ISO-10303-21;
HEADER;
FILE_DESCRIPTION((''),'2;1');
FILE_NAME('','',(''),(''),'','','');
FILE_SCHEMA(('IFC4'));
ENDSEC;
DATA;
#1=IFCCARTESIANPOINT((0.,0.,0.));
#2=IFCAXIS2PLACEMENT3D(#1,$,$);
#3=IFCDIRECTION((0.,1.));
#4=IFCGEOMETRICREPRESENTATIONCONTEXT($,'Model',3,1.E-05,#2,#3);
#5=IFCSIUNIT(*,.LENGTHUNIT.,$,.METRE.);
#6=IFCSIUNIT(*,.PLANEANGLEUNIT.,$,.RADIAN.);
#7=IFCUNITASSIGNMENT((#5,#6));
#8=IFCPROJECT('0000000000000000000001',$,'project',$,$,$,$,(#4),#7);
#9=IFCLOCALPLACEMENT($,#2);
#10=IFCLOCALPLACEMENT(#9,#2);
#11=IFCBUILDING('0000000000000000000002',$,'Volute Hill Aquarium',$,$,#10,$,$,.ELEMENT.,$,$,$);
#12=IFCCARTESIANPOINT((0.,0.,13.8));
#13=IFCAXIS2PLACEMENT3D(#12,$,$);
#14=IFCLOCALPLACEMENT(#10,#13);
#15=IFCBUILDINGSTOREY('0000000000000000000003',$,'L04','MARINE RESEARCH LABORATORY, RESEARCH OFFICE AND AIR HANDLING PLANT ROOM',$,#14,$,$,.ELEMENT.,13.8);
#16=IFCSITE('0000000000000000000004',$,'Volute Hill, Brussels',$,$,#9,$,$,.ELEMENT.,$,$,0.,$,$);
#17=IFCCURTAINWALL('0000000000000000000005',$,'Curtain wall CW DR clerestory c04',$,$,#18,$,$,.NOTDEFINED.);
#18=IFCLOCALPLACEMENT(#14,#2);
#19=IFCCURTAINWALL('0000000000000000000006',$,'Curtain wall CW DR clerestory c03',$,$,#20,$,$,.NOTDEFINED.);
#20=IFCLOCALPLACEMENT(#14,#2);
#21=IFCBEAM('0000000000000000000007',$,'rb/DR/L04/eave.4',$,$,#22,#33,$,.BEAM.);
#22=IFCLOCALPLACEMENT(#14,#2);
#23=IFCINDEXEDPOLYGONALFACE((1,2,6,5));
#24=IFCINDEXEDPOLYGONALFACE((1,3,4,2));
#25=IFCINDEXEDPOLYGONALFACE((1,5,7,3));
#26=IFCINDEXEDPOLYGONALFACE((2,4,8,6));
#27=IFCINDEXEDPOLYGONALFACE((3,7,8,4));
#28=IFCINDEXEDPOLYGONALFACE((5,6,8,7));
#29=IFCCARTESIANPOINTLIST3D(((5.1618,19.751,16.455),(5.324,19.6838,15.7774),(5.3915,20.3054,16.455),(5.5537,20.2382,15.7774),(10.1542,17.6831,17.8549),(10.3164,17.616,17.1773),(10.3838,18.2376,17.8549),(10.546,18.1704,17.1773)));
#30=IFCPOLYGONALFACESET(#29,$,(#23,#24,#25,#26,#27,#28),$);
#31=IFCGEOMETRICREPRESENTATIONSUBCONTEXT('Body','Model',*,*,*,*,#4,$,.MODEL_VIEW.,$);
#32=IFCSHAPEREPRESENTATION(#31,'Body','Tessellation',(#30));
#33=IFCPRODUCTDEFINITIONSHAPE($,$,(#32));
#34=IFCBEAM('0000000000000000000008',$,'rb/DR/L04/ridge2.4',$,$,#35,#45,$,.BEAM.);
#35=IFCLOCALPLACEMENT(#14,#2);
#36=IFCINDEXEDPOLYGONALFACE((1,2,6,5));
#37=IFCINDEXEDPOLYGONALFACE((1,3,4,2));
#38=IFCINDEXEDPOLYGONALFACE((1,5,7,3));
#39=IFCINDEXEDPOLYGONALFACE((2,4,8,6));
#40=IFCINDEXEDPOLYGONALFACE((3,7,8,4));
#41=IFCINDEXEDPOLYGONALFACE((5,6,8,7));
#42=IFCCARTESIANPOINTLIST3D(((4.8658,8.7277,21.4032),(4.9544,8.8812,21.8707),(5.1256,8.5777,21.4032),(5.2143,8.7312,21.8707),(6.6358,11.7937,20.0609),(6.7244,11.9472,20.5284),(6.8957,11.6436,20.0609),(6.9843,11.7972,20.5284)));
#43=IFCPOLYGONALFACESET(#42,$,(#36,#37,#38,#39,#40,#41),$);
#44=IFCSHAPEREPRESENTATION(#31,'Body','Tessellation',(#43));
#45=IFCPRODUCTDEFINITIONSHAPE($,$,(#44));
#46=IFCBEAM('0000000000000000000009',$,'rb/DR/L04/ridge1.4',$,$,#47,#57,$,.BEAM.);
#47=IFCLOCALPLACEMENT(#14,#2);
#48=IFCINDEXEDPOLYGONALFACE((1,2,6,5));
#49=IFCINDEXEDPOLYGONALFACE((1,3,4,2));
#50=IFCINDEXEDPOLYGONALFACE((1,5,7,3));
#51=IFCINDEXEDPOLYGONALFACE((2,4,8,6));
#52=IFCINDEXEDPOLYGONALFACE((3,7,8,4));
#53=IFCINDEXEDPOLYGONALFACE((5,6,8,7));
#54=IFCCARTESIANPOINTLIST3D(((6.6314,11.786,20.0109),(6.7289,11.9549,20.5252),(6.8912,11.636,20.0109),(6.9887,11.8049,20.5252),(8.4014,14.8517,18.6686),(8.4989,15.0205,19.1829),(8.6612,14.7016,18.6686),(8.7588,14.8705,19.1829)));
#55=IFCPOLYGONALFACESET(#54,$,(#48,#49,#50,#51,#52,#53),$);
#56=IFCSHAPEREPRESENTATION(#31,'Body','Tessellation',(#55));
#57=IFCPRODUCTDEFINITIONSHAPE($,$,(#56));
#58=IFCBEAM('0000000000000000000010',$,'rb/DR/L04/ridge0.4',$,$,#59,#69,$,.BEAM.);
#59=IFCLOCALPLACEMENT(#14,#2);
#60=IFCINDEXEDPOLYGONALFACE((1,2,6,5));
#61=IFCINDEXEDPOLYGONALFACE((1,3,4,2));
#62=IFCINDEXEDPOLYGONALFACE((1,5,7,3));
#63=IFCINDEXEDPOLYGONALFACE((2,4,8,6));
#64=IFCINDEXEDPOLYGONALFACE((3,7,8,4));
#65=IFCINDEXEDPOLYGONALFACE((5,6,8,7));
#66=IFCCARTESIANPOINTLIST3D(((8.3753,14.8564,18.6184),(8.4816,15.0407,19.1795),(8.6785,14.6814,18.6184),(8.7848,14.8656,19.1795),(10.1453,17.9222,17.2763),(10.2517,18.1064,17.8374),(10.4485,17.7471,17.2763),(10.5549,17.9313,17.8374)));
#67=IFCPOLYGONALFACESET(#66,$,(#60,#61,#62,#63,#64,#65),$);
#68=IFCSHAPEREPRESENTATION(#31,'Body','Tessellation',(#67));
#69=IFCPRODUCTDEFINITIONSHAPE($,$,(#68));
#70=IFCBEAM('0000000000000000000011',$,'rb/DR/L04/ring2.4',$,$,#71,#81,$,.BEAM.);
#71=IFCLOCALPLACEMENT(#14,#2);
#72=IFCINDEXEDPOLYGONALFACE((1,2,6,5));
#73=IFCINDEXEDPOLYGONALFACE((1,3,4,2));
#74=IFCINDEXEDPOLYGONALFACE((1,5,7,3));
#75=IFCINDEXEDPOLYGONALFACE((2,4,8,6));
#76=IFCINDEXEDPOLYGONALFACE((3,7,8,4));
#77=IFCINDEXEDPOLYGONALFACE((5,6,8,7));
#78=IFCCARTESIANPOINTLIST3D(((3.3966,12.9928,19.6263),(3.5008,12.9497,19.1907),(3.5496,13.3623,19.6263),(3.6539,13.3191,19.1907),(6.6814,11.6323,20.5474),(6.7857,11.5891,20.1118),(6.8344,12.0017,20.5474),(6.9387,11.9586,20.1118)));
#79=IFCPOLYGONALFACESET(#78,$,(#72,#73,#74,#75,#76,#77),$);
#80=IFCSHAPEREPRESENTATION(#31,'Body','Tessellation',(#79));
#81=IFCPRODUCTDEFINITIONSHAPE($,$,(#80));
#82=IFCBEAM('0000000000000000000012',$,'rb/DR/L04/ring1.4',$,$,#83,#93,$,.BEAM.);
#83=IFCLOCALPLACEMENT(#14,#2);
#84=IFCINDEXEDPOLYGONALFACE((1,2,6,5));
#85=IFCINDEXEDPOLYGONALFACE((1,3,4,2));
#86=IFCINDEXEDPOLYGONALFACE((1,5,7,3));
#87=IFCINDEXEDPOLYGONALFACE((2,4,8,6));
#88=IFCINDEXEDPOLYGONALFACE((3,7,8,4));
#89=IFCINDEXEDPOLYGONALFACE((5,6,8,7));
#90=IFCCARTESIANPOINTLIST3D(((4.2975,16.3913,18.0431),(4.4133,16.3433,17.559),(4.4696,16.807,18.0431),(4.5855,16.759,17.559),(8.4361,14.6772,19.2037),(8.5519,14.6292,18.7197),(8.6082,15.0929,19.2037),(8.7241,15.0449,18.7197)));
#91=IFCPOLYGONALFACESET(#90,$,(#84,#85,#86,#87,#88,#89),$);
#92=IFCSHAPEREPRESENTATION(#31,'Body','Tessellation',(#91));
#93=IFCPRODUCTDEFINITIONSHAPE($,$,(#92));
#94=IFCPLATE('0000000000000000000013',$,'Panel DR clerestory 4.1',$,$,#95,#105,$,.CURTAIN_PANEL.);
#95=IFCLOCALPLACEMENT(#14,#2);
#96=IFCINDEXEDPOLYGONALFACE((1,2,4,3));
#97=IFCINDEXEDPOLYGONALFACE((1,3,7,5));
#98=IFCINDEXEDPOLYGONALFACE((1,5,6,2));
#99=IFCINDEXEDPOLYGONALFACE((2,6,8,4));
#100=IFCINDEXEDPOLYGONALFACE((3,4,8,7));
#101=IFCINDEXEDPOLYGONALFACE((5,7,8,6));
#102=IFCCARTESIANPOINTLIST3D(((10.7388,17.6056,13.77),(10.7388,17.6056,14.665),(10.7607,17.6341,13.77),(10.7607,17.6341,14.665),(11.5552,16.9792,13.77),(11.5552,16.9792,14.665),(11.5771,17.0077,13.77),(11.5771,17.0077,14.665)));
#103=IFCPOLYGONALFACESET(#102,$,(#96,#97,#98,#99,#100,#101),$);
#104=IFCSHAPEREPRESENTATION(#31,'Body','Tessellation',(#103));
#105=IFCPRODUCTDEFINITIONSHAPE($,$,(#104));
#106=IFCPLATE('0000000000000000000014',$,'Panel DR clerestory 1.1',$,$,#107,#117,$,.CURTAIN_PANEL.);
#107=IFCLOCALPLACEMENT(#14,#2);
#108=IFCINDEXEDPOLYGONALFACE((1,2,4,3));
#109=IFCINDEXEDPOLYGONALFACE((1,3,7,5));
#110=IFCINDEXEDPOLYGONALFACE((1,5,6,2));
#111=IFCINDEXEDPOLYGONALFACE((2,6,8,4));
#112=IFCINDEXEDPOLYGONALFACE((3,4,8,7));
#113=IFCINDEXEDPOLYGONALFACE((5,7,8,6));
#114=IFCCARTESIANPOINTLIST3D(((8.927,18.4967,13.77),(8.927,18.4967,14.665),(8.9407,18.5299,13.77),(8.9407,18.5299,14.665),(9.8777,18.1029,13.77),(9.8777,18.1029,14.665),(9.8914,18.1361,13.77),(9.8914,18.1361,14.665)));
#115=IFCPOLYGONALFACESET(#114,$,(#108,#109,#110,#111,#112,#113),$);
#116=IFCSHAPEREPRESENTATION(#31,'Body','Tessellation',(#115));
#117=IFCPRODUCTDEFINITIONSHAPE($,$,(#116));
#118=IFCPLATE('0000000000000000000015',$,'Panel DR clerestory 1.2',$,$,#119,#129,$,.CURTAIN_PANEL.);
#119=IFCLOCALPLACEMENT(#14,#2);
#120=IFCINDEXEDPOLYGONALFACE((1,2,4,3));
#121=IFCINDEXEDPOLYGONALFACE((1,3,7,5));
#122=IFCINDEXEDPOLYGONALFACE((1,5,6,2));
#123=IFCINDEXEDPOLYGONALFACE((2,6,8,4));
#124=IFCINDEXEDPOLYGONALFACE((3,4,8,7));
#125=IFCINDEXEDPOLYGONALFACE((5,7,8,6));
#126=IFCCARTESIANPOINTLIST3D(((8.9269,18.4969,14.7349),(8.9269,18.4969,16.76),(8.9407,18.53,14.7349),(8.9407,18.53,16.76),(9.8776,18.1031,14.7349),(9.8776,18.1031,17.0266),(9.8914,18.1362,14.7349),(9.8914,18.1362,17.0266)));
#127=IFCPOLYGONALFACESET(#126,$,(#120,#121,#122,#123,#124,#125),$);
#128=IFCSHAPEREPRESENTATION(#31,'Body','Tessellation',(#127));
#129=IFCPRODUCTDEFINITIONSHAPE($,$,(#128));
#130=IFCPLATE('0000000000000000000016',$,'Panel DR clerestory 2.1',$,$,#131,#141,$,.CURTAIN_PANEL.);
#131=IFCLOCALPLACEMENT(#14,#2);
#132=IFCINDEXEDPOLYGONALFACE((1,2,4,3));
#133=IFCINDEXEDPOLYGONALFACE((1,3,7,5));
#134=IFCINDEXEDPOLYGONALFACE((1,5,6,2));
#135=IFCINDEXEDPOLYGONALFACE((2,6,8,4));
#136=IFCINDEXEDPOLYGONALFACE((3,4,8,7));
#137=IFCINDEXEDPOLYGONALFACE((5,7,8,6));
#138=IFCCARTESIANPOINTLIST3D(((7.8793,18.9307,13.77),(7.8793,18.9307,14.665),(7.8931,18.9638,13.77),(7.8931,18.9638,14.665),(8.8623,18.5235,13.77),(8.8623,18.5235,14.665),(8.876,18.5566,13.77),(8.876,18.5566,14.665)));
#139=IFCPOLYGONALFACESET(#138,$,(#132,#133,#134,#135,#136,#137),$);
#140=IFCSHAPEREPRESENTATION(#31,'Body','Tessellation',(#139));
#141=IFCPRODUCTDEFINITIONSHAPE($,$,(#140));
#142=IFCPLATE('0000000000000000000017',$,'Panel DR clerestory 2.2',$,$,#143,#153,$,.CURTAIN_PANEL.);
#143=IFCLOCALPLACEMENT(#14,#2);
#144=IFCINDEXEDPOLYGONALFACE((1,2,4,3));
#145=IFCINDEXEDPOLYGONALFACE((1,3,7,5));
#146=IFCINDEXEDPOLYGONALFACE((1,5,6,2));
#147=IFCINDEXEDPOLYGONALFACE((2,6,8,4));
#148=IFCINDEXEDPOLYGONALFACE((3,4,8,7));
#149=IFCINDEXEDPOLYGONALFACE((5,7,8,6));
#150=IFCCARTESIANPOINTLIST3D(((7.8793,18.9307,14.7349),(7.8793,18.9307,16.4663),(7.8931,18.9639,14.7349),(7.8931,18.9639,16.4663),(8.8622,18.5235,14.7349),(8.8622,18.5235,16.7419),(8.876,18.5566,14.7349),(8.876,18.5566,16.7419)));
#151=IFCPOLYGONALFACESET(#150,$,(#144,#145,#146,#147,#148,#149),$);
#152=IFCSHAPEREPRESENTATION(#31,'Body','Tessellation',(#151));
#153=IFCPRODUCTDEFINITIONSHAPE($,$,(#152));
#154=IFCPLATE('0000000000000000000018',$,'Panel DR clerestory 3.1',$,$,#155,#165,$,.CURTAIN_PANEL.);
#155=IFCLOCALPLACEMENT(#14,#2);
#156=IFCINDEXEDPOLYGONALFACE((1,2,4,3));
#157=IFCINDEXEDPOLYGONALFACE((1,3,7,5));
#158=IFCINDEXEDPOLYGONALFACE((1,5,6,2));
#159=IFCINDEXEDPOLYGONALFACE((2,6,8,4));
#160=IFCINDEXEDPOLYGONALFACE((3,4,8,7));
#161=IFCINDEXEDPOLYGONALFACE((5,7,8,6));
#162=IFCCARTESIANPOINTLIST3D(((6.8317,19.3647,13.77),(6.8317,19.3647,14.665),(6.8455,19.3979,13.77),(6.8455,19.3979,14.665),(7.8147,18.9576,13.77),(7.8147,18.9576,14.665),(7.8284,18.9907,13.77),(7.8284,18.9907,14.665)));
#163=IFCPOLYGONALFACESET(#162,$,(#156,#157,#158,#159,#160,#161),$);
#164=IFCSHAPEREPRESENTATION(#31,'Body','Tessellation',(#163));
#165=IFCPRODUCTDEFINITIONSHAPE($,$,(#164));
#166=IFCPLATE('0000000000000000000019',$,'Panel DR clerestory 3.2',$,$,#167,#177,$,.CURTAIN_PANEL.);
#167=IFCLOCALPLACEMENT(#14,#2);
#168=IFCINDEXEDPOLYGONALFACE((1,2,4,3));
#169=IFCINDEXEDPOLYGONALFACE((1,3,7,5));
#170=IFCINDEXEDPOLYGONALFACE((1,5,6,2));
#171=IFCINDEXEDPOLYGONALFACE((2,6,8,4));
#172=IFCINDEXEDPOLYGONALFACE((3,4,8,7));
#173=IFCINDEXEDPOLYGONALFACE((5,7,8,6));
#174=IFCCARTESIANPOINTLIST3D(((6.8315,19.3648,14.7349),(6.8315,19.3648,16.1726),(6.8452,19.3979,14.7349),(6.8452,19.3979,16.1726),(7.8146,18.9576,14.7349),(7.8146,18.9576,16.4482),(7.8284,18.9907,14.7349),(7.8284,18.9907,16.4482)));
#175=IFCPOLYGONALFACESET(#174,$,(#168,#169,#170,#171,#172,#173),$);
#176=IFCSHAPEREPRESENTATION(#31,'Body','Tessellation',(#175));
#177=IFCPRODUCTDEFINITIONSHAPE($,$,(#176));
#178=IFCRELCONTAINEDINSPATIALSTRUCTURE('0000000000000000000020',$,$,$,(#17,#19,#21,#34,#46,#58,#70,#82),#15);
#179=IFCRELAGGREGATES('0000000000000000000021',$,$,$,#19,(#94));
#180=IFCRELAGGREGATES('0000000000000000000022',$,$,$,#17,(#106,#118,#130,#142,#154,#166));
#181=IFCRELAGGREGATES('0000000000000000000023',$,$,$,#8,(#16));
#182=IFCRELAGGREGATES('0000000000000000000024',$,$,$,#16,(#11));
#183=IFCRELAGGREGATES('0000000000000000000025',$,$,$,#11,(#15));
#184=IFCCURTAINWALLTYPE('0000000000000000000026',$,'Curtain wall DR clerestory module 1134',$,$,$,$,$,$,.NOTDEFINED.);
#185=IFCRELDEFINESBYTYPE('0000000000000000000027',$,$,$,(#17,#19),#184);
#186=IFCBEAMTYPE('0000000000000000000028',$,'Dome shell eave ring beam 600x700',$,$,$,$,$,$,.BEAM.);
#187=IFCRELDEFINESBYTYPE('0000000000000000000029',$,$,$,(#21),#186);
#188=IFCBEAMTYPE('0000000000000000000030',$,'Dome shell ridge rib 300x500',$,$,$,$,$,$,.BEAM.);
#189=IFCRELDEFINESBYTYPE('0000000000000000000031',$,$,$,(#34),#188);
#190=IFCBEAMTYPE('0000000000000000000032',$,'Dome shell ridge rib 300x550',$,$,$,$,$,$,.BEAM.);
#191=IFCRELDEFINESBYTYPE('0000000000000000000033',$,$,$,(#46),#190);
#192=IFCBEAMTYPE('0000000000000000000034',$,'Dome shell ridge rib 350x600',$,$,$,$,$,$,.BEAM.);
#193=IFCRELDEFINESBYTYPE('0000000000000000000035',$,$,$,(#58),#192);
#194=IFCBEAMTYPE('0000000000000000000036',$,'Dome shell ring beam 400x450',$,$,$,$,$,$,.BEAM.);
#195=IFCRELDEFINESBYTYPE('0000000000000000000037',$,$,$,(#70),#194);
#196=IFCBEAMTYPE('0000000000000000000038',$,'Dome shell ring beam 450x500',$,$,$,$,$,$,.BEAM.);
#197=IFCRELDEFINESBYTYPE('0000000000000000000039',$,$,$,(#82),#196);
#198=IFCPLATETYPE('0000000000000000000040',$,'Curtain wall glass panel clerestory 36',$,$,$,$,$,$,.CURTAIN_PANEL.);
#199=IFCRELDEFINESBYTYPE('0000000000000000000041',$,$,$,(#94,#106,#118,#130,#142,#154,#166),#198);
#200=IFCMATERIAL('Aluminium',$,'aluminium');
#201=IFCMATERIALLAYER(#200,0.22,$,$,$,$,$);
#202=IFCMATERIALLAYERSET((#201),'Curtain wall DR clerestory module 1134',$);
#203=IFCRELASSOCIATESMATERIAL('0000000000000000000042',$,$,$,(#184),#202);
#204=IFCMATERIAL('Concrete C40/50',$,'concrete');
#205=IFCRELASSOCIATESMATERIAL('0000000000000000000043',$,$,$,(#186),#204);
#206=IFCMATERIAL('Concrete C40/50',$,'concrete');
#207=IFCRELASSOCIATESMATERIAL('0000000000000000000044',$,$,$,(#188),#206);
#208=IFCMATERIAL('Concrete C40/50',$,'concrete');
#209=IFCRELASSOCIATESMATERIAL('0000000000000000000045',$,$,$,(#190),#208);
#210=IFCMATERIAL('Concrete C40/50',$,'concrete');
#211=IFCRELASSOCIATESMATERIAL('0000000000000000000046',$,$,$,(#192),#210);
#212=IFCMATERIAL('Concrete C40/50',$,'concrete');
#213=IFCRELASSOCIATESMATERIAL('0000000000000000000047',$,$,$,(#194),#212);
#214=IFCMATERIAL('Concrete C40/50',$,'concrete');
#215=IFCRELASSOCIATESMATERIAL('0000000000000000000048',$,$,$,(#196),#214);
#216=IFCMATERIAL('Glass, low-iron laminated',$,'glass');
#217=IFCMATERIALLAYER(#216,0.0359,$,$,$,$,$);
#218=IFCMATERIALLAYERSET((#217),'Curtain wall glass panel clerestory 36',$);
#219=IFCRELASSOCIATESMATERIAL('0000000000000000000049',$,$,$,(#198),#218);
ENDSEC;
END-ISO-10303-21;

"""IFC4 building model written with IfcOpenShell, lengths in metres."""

from ifc_helpers import new_model, si_unit, direction, frame, origin, origin_2d, place, context, subcontext, project, spatial, polyline, rectangle, outline, extrude, material, layer, layer_set, material_profile, profile_set, type_object, element, aggregate, save


model = new_model("IFC4")

# Units and contexts
model_context = context("Model", 3, precision=1e-05, world=origin(), true_north=direction((0.0, 1.0)))
body_context = subcontext(model_context, "Body", "Model", "MODEL_VIEW")
ifc_project = project(units=[si_unit("LENGTHUNIT", "METRE"), si_unit("PLANEANGLEUNIT", "RADIAN")], contexts=[model_context])

# Site, building, storey
site_placement = place(None, origin())
site = spatial("IfcSite", under=ifc_project, at=site_placement, Name="Volute Hill, Brussels", CompositionType="ELEMENT", RefElevation=0.0)
building_placement = place(site_placement, origin())
building = spatial("IfcBuilding", under=site, at=building_placement, Name="Volute Hill Aquarium", CompositionType="ELEMENT")
storey_placement = place(building_placement, frame((0.0, 0.0, 13.8)))
storey = spatial("IfcBuildingStorey", under=building, at=storey_placement, Name="L04", Description="MARINE RESEARCH LABORATORY, RESEARCH OFFICE AND AIR HANDLING PLANT ROOM", CompositionType="ELEMENT", Elevation=13.8)

# Curtain wall
ifc_material_1 = material(Name="Aluminium", Category="aluminium")
ifc_layer_1 = layer(ifc_material_1, 0.22)
ifc_layer_set_1 = layer_set([ifc_layer_1], Name="Curtain wall DR clerestory module 1134")
curtain_wall_type = type_object("IfcCurtainWallType", Name="Curtain wall DR clerestory module 1134", PredefinedType="NOTDEFINED", material=ifc_layer_set_1)
curtain_wall_1_placement = place(storey_placement, origin())
curtain_wall_1 = element("IfcCurtainWall", 1, at=curtain_wall_1_placement, inside=storey, type_object=curtain_wall_type, Name="Curtain wall CW DR clerestory c04", PredefinedType="NOTDEFINED")

# Curtain wall
curtain_wall_2_placement = place(storey_placement, origin())
curtain_wall_2 = element("IfcCurtainWall", 2, at=curtain_wall_2_placement, inside=storey, type_object=curtain_wall_type, Name="Curtain wall CW DR clerestory c03", PredefinedType="NOTDEFINED")

# Beams
ifc_material_2 = material(Name="Concrete C40/50", Category="concrete")
ifc_material_profile_1 = material_profile(ifc_material_2, rectangle(XDim=0.6001, YDim=0.7, at=origin_2d()), Name="RC beam 600x700")
ifc_profile_set_1 = profile_set([ifc_material_profile_1], Name="Concrete C40/50")
beam_type_1 = type_object("IfcBeamType", Name="Dome shell eave ring beam 600x700", PredefinedType="BEAM", material=ifc_profile_set_1)
beam_1_placement = place(storey_placement, frame((10.3501, 17.9268, 17.5161), z_axis=(-0.894359, 0.370445, -0.250783), x_axis=(-0.382674, -0.923884, 0.0)))
element("IfcBeam", 3, at=beam_1_placement, inside=storey, type_object=beam_type_1, Name="rb/DR/L04/eave.4", PredefinedType="BEAM", context=body_context, shape_type="SweptSolid", body=[
    extrude(rectangle(XDim=0.6001, YDim=0.7, at=origin_2d()), origin(), (0.0, 0.0, 1.0), 5.582),
])
ifc_material_3 = material(Name="Concrete C40/50", Category="concrete")
ifc_material_profile_2 = material_profile(ifc_material_3, rectangle(XDim=0.3, YDim=0.5, at=origin_2d()), Name="RC rib 300x500")
ifc_profile_set_2 = profile_set([ifc_material_profile_2], Name="Concrete C40/50")
beam_type_2 = type_object("IfcBeamType", Name="Dome shell ridge rib 300x500", PredefinedType="BEAM", material=ifc_profile_set_2)
beam_2_placement = place(storey_placement, frame((6.8101, 11.7954, 20.2947), z_axis=(-0.467505, -0.809783, 0.35453), x_axis=(0.866036, -0.499981, 0.0)))
element("IfcBeam", 4, at=beam_2_placement, inside=storey, type_object=beam_type_2, Name="rb/DR/L04/ridge2.4", PredefinedType="BEAM", context=body_context, shape_type="SweptSolid", body=[
    extrude(rectangle(XDim=0.3, YDim=0.5, at=origin_2d()), origin(), (0.0, 0.0, 1.0), 3.7861),
])
ifc_material_4 = material(Name="Concrete C40/50", Category="concrete")
ifc_material_profile_3 = material_profile(ifc_material_4, rectangle(XDim=0.3, YDim=0.55, at=origin_2d()), Name="RC rib 300x550")
ifc_profile_set_3 = profile_set([ifc_material_profile_3], Name="Concrete C40/50")
beam_type_3 = type_object("IfcBeamType", Name="Dome shell ridge rib 300x550", PredefinedType="BEAM", material=ifc_profile_set_3)
beam_3_placement = place(storey_placement, frame((8.5801, 14.8611, 18.9258), z_axis=(-0.467529, -0.80976, 0.354548), x_axis=(0.866019, -0.500011, 0.0)))
element("IfcBeam", 5, at=beam_3_placement, inside=storey, type_object=beam_type_3, Name="rb/DR/L04/ridge1.4", PredefinedType="BEAM", context=body_context, shape_type="SweptSolid", body=[
    extrude(rectangle(XDim=0.3, YDim=0.55, at=origin_2d()), origin(), (0.0, 0.0, 1.0), 3.7859),
])
ifc_material_5 = material(Name="Concrete C40/50", Category="concrete")
ifc_material_profile_4 = material_profile(ifc_material_5, rectangle(XDim=0.3501, YDim=0.6001, at=origin_2d()), Name="RC rib 350x600")
ifc_profile_set_4 = profile_set([ifc_material_profile_4], Name="Concrete C40/50")
beam_type_4 = type_object("IfcBeamType", Name="Dome shell ridge rib 350x600", PredefinedType="BEAM", material=ifc_profile_set_4)
beam_4_placement = place(storey_placement, frame((10.3501, 17.9268, 17.5569), z_axis=(-0.46754, -0.809779, 0.354492), x_axis=(0.866019, -0.500011, 0.0)))
element("IfcBeam", 6, at=beam_4_placement, inside=storey, type_object=beam_type_4, Name="rb/DR/L04/ridge0.4", PredefinedType="BEAM", context=body_context, shape_type="SweptSolid", body=[
    extrude(rectangle(XDim=0.3501, YDim=0.6001, at=origin_2d()), origin(), (0.0, 0.0, 1.0), 3.7859),
])
ifc_material_6 = material(Name="Concrete C40/50", Category="concrete")
ifc_material_profile_5 = material_profile(ifc_material_6, rectangle(XDim=0.3999, YDim=0.45, at=origin_2d()), Name="RC beam 400x450")
ifc_profile_set_5 = profile_set([ifc_material_profile_5], Name="Concrete C40/50")
beam_type_5 = type_object("IfcBeamType", Name="Dome shell ring beam 400x450", PredefinedType="BEAM", material=ifc_profile_set_5)
beam_5_placement = place(storey_placement, frame((6.8101, 11.7954, 20.3296), z_axis=(-0.894359, 0.370439, -0.250793), x_axis=(-0.382669, -0.923885, 0.0)))
element("IfcBeam", 7, at=beam_5_placement, inside=storey, type_object=beam_type_5, Name="rb/DR/L04/ring2.4", PredefinedType="BEAM", context=body_context, shape_type="SweptSolid", body=[
    extrude(rectangle(XDim=0.3999, YDim=0.45, at=origin_2d()), origin(), (0.0, 0.0, 1.0), 3.6729),
])
ifc_material_7 = material(Name="Concrete C40/50", Category="concrete")
ifc_material_profile_6 = material_profile(ifc_material_7, rectangle(XDim=0.45, YDim=0.5, at=origin_2d()), Name="RC beam 450x500")
ifc_profile_set_6 = profile_set([ifc_material_profile_6], Name="Concrete C40/50")
beam_type_6 = type_object("IfcBeamType", Name="Dome shell ring beam 450x500", PredefinedType="BEAM", material=ifc_profile_set_6)
beam_6_placement = place(storey_placement, frame((8.5801, 14.8611, 18.9617), z_axis=(-0.894362, 0.370417, -0.250814), x_axis=(-0.382649, -0.923894, 0.0)))
element("IfcBeam", 8, at=beam_6_placement, inside=storey, type_object=beam_type_6, Name="rb/DR/L04/ring1.4", PredefinedType="BEAM", context=body_context, shape_type="SweptSolid", body=[
    extrude(rectangle(XDim=0.45, YDim=0.5, at=origin_2d()), origin(), (0.0, 0.0, 1.0), 4.6274),
])

# Plates
ifc_material_8 = material(Name="Glass, low-iron laminated", Category="glass")
ifc_layer_2 = layer(ifc_material_8, 0.0359)
ifc_layer_set_2 = layer_set([ifc_layer_2], Name="Curtain wall glass panel clerestory 36")
plate_type = type_object("IfcPlateType", Name="Curtain wall glass panel clerestory 36", PredefinedType="CURTAIN_PANEL", material=ifc_layer_set_2)
plate_1_placement = place(storey_placement, frame((11.158, 17.3066, 13.77), z_axis=(0.0, 0.0, 1.0), x_axis=(-0.793354, 0.608761, 0.0)))
plate_1 = element("IfcPlate", 9, at=plate_1_placement, type_object=plate_type, Name="Panel DR clerestory 4.1", PredefinedType="CURTAIN_PANEL", context=body_context, shape_type="SweptSolid", body=[
    extrude(rectangle(XDim=1.0291, YDim=0.0359, at=origin_2d()), origin(), (0.0, 0.0, 1.0), 0.895),
])
aggregate(curtain_wall_2, [plate_1])
plate_2_placement = place(storey_placement, frame((9.4092, 18.3164, 13.77), z_axis=(0.0, 0.0, 1.0), x_axis=(-0.923874, 0.382696, 0.0)))
plate_2 = element("IfcPlate", 10, at=plate_2_placement, type_object=plate_type, Name="Panel DR clerestory 1.1", PredefinedType="CURTAIN_PANEL", context=body_context, shape_type="SweptSolid", body=[
    extrude(rectangle(XDim=1.0291, YDim=0.0359, at=origin_2d()), origin(), (0.0, 0.0, 1.0), 0.895),
])
plate_3_placement = place(storey_placement, frame((9.8914, 18.1362, 14.7349), z_axis=(0.382694, 0.923875, 0.0), x_axis=(-0.923875, 0.382694, 0.0)))
plate_3 = element("IfcPlate", 11, at=plate_3_placement, type_object=plate_type, Name="Panel DR clerestory 1.2", PredefinedType="CURTAIN_PANEL", context=body_context, shape_type="SweptSolid", body=[
    extrude(outline(polyline([(0.0, 0.0), (1.029, 0.0), (1.029, 2.0251), (0.0, 2.2917), (0.0, 0.0)])), origin(), (0.0, 0.0, -1.0), 0.0359),
])
plate_4_placement = place(storey_placement, frame((8.3777, 18.7437, 13.77), z_axis=(0.0, 0.0, 1.0), x_axis=(-0.923874, 0.382696, 0.0)))
plate_4 = element("IfcPlate", 12, at=plate_4_placement, type_object=plate_type, Name="Panel DR clerestory 2.1", PredefinedType="CURTAIN_PANEL", context=body_context, shape_type="SweptSolid", body=[
    extrude(rectangle(XDim=1.064, YDim=0.0359, at=origin_2d()), origin(), (0.0, 0.0, 1.0), 0.895),
])
plate_5_placement = place(storey_placement, frame((8.876, 18.5566, 14.7349), z_axis=(0.382757, 0.923849, 0.0), x_axis=(-0.923849, 0.382757, 0.0)))
plate_5 = element("IfcPlate", 13, at=plate_5_placement, type_object=plate_type, Name="Panel DR clerestory 2.2", PredefinedType="CURTAIN_PANEL", context=body_context, shape_type="SweptSolid", body=[
    extrude(outline(polyline([(0.0, 0.0), (1.0639, 0.0), (1.0639, 1.7314), (0.0, 2.0071), (0.0, 0.0)])), origin(), (0.0, 0.0, -1.0), 0.0359),
])
plate_6_placement = place(storey_placement, frame((7.3301, 19.1777, 13.77), z_axis=(0.0, 0.0, 1.0), x_axis=(-0.923874, 0.382696, 0.0)))
plate_6 = element("IfcPlate", 14, at=plate_6_placement, type_object=plate_type, Name="Panel DR clerestory 3.1", PredefinedType="CURTAIN_PANEL", context=body_context, shape_type="SweptSolid", body=[
    extrude(rectangle(XDim=1.064, YDim=0.0359, at=origin_2d()), origin(), (0.0, 0.0, 1.0), 0.895),
])
plate_7_placement = place(storey_placement, frame((7.8284, 18.9907, 14.7349), z_axis=(0.382676, 0.923883, 0.0), x_axis=(-0.923883, 0.382676, 0.0)))
plate_7 = element("IfcPlate", 15, at=plate_7_placement, type_object=plate_type, Name="Panel DR clerestory 3.2", PredefinedType="CURTAIN_PANEL", context=body_context, shape_type="SweptSolid", body=[
    extrude(outline(polyline([(0.0, 0.0), (1.0642, 0.0), (1.0642, 1.4377), (0.0, 1.7134), (0.0, 0.0)])), origin(), (0.0, 0.0, -1.0), 0.0359),
])
aggregate(curtain_wall_1, [plate_2, plate_3, plate_4, plate_5, plate_6, plate_7])

save(model, "model.ifc")
